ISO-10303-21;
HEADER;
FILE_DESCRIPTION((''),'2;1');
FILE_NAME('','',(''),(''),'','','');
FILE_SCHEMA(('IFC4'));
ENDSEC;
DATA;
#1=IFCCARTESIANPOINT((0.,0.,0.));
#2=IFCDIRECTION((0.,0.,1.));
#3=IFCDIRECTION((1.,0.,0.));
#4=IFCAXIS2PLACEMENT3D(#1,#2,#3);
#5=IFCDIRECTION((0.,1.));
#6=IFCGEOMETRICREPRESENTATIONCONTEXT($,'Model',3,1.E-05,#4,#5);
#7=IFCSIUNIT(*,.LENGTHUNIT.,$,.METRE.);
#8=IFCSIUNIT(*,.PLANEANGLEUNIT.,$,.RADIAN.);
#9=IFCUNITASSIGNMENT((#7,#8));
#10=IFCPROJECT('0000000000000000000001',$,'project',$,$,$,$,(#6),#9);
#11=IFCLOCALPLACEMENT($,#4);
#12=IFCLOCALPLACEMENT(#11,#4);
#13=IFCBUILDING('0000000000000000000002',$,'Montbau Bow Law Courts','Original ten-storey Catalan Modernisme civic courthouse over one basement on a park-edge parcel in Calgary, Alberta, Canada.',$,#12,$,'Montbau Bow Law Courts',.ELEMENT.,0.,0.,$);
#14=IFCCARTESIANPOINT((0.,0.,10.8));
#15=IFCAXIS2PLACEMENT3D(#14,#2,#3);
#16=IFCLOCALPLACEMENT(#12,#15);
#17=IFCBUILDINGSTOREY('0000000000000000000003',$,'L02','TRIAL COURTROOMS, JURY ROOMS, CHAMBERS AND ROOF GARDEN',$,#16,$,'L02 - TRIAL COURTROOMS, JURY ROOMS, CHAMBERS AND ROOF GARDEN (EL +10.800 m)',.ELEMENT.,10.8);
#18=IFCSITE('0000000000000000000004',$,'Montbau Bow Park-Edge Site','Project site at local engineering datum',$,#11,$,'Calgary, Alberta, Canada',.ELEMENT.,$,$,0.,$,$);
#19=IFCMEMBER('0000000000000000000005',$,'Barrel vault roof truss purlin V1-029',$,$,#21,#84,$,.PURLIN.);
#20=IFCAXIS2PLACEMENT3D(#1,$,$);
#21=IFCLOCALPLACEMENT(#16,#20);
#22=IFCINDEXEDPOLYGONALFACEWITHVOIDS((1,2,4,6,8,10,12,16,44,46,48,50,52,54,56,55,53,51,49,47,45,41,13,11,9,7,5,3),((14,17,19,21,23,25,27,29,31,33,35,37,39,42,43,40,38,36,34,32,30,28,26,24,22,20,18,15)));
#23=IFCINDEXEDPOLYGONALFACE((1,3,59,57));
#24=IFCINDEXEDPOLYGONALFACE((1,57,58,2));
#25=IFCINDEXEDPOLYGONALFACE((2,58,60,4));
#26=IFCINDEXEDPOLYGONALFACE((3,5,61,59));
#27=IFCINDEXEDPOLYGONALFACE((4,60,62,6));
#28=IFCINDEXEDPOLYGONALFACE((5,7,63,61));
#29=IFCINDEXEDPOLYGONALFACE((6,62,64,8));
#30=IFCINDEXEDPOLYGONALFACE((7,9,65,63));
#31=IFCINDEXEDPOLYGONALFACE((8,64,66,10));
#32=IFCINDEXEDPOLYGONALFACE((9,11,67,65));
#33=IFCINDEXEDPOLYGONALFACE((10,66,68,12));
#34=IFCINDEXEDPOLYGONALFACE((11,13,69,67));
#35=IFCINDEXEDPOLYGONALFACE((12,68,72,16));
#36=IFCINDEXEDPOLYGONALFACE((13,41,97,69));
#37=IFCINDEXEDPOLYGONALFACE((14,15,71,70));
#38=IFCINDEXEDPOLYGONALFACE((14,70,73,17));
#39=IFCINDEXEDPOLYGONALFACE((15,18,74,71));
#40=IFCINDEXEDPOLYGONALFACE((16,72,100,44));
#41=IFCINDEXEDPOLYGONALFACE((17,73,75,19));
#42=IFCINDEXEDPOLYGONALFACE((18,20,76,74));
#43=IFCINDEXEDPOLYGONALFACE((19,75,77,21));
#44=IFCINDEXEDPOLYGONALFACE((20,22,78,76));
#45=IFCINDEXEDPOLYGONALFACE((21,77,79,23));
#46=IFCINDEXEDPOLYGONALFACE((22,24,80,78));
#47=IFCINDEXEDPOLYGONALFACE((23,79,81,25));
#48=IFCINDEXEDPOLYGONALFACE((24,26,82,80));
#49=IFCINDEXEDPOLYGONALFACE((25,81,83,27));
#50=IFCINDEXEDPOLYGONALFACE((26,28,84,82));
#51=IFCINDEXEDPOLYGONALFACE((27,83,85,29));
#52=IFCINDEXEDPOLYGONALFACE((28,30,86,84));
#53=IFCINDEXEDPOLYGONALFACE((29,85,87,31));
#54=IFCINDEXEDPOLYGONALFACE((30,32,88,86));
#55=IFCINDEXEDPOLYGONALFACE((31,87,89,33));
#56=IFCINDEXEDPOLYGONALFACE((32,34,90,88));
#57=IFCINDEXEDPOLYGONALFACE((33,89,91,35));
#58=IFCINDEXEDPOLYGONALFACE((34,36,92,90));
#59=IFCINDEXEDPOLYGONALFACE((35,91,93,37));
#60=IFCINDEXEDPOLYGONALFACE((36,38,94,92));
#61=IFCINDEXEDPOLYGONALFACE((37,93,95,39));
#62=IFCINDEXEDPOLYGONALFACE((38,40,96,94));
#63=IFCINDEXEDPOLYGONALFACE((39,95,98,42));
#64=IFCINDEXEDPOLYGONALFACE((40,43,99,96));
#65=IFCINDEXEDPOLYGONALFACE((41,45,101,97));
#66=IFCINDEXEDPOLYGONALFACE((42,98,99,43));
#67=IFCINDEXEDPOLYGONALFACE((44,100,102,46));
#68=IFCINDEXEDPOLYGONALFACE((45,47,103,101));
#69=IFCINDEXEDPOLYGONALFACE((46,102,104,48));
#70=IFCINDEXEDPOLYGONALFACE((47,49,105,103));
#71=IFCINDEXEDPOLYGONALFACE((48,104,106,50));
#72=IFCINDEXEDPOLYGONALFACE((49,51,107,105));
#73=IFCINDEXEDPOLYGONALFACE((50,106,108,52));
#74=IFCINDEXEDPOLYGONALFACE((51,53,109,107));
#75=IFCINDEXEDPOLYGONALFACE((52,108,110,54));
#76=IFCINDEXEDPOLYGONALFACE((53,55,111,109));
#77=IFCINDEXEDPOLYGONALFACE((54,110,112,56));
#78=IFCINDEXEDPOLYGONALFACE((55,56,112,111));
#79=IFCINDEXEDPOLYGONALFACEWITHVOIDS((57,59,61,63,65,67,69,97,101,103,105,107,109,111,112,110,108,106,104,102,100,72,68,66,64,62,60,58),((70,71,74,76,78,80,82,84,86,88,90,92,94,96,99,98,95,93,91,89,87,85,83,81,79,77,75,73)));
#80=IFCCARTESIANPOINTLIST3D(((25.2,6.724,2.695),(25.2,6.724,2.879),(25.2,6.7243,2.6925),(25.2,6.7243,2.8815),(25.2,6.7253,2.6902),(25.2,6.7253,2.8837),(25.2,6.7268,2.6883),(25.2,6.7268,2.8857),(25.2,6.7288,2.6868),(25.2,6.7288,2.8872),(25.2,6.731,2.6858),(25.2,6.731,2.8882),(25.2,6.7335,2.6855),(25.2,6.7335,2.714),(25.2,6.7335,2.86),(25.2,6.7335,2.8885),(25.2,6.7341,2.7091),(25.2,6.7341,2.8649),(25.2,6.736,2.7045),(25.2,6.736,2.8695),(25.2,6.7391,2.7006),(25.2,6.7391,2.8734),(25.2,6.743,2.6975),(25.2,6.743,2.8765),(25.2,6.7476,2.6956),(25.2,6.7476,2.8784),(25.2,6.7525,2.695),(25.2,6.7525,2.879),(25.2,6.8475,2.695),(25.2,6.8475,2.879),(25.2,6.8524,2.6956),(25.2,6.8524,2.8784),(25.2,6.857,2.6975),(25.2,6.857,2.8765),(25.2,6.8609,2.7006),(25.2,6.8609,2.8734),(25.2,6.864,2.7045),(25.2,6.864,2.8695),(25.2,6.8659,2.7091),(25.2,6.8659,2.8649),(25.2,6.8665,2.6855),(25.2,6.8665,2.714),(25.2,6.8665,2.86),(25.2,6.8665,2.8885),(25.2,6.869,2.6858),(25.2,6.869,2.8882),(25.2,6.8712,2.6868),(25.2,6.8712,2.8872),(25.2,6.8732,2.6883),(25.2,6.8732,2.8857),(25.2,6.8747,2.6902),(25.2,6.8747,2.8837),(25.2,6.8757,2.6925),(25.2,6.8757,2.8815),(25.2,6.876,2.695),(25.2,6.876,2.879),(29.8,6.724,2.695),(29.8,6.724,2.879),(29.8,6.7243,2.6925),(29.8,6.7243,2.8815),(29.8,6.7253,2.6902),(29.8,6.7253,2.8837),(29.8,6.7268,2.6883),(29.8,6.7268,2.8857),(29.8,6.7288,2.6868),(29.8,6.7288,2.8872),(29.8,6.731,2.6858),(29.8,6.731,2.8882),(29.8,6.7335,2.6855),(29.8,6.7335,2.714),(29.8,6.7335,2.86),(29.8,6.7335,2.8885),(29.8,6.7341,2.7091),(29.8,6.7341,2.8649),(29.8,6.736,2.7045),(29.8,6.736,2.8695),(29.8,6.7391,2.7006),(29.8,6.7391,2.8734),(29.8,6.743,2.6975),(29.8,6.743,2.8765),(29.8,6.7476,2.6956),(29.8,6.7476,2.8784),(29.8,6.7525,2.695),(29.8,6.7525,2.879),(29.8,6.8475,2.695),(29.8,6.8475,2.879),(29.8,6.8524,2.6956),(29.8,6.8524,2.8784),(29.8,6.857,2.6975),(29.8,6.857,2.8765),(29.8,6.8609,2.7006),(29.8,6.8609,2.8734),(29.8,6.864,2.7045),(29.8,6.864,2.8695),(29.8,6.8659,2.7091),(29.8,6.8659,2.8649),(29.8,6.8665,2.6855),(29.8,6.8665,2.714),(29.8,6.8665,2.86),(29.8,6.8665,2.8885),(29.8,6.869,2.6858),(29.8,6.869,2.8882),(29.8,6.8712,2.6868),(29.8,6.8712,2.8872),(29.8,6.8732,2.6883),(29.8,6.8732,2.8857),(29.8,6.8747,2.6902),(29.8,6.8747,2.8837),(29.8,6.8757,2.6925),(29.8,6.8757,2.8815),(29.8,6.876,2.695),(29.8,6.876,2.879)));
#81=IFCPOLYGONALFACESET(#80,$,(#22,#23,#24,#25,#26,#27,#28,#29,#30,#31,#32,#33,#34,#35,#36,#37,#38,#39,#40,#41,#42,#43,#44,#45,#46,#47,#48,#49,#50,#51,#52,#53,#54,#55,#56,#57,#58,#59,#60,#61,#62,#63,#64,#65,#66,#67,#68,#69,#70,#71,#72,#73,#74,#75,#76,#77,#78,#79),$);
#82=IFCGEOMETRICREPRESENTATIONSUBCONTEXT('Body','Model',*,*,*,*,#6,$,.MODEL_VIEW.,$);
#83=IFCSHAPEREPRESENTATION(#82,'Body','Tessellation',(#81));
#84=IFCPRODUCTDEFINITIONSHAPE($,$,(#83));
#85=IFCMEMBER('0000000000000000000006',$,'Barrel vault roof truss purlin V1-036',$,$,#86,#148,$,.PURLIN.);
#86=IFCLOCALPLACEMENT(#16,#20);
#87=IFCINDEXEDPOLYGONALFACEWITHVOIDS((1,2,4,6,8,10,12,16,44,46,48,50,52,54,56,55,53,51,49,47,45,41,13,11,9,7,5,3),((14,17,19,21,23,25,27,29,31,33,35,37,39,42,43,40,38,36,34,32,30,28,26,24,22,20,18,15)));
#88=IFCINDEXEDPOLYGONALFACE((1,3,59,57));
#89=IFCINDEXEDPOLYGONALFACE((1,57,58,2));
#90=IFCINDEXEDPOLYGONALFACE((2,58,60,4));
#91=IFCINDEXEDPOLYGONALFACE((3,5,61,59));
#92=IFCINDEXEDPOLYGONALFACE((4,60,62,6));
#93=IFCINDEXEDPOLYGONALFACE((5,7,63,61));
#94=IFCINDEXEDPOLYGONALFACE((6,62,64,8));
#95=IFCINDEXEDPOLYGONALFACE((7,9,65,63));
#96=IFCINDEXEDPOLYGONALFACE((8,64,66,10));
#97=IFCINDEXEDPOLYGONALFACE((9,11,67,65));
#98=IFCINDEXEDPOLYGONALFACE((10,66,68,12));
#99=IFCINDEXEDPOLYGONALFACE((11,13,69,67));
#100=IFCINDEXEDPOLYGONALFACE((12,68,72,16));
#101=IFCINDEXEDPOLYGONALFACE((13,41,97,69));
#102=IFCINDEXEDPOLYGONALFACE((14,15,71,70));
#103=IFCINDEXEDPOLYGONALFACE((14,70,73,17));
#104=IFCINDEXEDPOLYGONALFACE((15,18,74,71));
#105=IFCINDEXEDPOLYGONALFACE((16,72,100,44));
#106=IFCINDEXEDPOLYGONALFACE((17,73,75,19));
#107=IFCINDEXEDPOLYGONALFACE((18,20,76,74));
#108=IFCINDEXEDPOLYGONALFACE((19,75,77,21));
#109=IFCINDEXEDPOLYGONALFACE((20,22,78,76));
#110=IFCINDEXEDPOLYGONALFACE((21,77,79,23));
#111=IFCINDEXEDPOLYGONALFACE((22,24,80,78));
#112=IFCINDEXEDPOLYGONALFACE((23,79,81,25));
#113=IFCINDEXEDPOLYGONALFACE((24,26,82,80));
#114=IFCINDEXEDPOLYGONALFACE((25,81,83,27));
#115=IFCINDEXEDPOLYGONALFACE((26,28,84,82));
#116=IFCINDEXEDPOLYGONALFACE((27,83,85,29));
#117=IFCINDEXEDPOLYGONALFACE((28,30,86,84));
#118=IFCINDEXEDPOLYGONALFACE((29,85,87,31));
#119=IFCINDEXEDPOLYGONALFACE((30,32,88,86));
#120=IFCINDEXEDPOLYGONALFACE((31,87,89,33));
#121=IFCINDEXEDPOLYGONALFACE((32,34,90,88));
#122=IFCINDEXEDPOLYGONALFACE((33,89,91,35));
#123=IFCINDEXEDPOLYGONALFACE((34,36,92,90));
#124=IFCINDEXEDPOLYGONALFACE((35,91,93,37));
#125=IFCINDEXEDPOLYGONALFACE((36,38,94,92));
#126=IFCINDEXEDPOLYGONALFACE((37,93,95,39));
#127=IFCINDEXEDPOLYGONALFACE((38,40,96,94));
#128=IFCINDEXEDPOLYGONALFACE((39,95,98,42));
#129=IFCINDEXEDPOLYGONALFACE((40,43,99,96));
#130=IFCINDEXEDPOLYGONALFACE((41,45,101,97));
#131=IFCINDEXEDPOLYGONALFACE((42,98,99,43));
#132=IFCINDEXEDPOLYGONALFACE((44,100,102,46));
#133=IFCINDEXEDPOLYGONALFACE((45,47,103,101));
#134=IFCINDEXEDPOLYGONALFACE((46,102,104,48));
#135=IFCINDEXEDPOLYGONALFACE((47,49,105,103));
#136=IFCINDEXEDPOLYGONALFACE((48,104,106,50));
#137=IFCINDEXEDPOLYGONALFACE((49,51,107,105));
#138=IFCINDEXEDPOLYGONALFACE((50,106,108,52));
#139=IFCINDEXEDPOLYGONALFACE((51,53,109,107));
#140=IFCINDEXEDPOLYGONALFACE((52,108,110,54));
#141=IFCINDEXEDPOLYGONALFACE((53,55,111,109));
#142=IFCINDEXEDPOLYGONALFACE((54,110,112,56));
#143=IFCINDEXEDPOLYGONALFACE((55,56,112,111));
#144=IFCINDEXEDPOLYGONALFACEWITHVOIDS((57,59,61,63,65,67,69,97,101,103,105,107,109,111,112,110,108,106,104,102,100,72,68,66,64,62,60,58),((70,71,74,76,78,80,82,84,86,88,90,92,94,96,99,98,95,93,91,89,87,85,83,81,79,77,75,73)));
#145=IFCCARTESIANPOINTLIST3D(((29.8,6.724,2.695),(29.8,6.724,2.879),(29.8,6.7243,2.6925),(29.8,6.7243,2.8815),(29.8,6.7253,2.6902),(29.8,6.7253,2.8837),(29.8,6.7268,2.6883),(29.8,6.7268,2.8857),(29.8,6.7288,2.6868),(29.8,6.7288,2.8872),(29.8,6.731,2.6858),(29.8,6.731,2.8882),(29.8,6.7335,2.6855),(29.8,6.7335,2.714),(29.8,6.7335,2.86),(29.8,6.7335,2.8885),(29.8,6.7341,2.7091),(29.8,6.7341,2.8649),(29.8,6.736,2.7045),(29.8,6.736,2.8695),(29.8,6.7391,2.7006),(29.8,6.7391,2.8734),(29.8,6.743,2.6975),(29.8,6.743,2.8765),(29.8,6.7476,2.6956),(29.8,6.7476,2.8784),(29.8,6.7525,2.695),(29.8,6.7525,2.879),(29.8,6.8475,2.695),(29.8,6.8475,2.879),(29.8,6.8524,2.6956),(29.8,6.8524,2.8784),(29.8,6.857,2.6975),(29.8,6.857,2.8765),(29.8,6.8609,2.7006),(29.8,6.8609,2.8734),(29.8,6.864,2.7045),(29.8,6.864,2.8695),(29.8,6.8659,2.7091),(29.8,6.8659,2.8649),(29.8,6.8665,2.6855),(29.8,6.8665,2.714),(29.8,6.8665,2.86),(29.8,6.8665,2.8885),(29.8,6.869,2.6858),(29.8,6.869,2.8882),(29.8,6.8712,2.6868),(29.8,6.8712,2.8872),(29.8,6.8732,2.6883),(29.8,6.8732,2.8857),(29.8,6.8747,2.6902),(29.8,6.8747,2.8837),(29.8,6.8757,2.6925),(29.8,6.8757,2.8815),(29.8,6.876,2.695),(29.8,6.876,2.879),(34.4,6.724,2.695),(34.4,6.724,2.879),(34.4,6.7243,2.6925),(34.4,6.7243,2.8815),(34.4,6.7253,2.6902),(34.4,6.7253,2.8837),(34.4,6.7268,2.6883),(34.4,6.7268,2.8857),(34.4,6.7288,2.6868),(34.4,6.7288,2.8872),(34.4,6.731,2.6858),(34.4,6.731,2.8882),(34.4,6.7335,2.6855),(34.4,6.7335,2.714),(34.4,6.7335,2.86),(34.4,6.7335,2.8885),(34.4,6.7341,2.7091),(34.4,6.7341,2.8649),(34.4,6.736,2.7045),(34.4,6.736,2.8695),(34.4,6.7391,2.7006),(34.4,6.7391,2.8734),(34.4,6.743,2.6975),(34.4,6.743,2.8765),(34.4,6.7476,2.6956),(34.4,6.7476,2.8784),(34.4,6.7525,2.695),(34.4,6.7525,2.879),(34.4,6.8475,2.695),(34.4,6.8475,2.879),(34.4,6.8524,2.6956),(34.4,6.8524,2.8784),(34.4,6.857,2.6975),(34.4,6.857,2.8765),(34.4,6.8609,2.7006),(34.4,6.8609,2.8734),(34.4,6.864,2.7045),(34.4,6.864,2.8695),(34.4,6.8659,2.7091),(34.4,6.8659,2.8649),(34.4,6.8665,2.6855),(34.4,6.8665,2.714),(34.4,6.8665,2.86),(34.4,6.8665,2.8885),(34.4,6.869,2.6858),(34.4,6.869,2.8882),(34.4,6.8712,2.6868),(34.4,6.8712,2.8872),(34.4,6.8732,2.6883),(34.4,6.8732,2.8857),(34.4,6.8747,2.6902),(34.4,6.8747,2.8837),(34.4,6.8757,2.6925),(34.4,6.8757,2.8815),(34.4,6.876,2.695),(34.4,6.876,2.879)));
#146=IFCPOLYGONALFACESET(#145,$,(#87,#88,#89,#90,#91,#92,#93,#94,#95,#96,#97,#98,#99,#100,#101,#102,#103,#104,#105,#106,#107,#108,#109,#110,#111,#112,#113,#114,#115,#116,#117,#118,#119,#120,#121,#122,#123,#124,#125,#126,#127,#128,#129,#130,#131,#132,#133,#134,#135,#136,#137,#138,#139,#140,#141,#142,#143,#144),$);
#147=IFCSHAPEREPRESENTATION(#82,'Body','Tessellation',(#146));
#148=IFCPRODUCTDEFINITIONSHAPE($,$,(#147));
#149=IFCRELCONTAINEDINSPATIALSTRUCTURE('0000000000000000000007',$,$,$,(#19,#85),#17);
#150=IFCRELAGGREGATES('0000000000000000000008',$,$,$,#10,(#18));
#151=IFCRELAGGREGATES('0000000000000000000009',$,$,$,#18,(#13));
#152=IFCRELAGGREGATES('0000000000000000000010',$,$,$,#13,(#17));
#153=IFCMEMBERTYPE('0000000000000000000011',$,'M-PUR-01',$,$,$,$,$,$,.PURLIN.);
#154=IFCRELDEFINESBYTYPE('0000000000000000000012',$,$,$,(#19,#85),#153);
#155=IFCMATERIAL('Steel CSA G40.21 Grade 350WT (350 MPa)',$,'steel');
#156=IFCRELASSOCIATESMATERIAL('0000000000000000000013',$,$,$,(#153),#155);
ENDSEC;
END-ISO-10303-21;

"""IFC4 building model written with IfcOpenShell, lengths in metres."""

from ifc_helpers import new_model, si_unit, direction, frame, origin_with_axes, origin_2d_with_axis, place, context, subcontext, project, spatial, hollow_rectangle, extrude, material, material_profile, profile_set, type_object, element, save


model = new_model("IFC4")

# Units and contexts
model_context = context("Model", 3, precision=1e-05, world=origin_with_axes(), true_north=direction((0.0, 1.0)))
body_context = subcontext(model_context, "Body", "Model", "MODEL_VIEW")
ifc_project = project(units=[si_unit("LENGTHUNIT", "METRE"), si_unit("PLANEANGLEUNIT", "RADIAN")], contexts=[model_context])

# Site, building, storey
site_placement = place(None, origin_with_axes())
site = spatial("IfcSite", under=ifc_project, at=site_placement, Name="Montbau Bow Park-Edge Site", Description="Project site at local engineering datum", LongName="Calgary, Alberta, Canada", CompositionType="ELEMENT", RefElevation=0.0)
building_placement = place(site_placement, origin_with_axes())
building = spatial("IfcBuilding", under=site, at=building_placement, Name="Montbau Bow Law Courts", Description="Original ten-storey Catalan Modernisme civic courthouse over one basement on a park-edge parcel in Calgary, Alberta, Canada.", LongName="Montbau Bow Law Courts", CompositionType="ELEMENT", ElevationOfRefHeight=0.0, ElevationOfTerrain=0.0)
storey_placement = place(building_placement, frame((0.0, 0.0, 10.8), z_axis=(0.0, 0.0, 1.0), x_axis=(1.0, 0.0, 0.0)))
storey = spatial("IfcBuildingStorey", under=building, at=storey_placement, Name="L02", Description="TRIAL COURTROOMS, JURY ROOMS, CHAMBERS AND ROOF GARDEN", LongName="L02 - TRIAL COURTROOMS, JURY ROOMS, CHAMBERS AND ROOF GARDEN (EL +10.800 m)", CompositionType="ELEMENT", Elevation=10.8)

# Shared definitions
ifc_material = material(Name="Steel CSA G40.21 Grade 350WT (350 MPa)", Category="steel")

# Members
ifc_material_profile_1 = material_profile(ifc_material, hollow_rectangle(XDim=0.152, YDim=0.203, WallThickness=0.0095, InnerFilletRadius=0.019, OuterFilletRadius=0.0095, at=origin_2d_with_axis()), Name="HSS203X152X9.5", Category="Main", Priority=0)
ifc_profile_set_1 = profile_set([ifc_material_profile_1], Name="Steel CSA G40.21 Grade 350WT (350 MPa)")
member_type_1 = type_object("IfcMemberType", Name="M-PUR-01", PredefinedType="PURLIN", material=ifc_profile_set_1)
for number, where, z_axis, x_axis, name in (
    (1, (25.2, 6.8, 13.587), (1.0, 0.0, 0.0), (0.0, 1.0, 0.0), "Barrel vault roof truss purlin V1-029"),
    (2, (29.8, 6.8, 13.587), (1.0, 0.0, 0.0), (0.0, 1.0, 0.0), "Barrel vault roof truss purlin V1-036"),
):
    element("IfcMember", number, at=place(None, frame(where, z_axis=z_axis, x_axis=x_axis)), inside=storey, type_object=member_type_1, Name=name, PredefinedType="PURLIN", context=body_context, shape_type="SweptSolid", body=[
        extrude(hollow_rectangle(XDim=0.152, YDim=0.203, WallThickness=0.0095, InnerFilletRadius=0.019, OuterFilletRadius=0.0095, at=origin_2d_with_axis()), origin_with_axes(), (0.0, 0.0, 1.0), 4.6),
    ])

save(model, "model.ifc")
